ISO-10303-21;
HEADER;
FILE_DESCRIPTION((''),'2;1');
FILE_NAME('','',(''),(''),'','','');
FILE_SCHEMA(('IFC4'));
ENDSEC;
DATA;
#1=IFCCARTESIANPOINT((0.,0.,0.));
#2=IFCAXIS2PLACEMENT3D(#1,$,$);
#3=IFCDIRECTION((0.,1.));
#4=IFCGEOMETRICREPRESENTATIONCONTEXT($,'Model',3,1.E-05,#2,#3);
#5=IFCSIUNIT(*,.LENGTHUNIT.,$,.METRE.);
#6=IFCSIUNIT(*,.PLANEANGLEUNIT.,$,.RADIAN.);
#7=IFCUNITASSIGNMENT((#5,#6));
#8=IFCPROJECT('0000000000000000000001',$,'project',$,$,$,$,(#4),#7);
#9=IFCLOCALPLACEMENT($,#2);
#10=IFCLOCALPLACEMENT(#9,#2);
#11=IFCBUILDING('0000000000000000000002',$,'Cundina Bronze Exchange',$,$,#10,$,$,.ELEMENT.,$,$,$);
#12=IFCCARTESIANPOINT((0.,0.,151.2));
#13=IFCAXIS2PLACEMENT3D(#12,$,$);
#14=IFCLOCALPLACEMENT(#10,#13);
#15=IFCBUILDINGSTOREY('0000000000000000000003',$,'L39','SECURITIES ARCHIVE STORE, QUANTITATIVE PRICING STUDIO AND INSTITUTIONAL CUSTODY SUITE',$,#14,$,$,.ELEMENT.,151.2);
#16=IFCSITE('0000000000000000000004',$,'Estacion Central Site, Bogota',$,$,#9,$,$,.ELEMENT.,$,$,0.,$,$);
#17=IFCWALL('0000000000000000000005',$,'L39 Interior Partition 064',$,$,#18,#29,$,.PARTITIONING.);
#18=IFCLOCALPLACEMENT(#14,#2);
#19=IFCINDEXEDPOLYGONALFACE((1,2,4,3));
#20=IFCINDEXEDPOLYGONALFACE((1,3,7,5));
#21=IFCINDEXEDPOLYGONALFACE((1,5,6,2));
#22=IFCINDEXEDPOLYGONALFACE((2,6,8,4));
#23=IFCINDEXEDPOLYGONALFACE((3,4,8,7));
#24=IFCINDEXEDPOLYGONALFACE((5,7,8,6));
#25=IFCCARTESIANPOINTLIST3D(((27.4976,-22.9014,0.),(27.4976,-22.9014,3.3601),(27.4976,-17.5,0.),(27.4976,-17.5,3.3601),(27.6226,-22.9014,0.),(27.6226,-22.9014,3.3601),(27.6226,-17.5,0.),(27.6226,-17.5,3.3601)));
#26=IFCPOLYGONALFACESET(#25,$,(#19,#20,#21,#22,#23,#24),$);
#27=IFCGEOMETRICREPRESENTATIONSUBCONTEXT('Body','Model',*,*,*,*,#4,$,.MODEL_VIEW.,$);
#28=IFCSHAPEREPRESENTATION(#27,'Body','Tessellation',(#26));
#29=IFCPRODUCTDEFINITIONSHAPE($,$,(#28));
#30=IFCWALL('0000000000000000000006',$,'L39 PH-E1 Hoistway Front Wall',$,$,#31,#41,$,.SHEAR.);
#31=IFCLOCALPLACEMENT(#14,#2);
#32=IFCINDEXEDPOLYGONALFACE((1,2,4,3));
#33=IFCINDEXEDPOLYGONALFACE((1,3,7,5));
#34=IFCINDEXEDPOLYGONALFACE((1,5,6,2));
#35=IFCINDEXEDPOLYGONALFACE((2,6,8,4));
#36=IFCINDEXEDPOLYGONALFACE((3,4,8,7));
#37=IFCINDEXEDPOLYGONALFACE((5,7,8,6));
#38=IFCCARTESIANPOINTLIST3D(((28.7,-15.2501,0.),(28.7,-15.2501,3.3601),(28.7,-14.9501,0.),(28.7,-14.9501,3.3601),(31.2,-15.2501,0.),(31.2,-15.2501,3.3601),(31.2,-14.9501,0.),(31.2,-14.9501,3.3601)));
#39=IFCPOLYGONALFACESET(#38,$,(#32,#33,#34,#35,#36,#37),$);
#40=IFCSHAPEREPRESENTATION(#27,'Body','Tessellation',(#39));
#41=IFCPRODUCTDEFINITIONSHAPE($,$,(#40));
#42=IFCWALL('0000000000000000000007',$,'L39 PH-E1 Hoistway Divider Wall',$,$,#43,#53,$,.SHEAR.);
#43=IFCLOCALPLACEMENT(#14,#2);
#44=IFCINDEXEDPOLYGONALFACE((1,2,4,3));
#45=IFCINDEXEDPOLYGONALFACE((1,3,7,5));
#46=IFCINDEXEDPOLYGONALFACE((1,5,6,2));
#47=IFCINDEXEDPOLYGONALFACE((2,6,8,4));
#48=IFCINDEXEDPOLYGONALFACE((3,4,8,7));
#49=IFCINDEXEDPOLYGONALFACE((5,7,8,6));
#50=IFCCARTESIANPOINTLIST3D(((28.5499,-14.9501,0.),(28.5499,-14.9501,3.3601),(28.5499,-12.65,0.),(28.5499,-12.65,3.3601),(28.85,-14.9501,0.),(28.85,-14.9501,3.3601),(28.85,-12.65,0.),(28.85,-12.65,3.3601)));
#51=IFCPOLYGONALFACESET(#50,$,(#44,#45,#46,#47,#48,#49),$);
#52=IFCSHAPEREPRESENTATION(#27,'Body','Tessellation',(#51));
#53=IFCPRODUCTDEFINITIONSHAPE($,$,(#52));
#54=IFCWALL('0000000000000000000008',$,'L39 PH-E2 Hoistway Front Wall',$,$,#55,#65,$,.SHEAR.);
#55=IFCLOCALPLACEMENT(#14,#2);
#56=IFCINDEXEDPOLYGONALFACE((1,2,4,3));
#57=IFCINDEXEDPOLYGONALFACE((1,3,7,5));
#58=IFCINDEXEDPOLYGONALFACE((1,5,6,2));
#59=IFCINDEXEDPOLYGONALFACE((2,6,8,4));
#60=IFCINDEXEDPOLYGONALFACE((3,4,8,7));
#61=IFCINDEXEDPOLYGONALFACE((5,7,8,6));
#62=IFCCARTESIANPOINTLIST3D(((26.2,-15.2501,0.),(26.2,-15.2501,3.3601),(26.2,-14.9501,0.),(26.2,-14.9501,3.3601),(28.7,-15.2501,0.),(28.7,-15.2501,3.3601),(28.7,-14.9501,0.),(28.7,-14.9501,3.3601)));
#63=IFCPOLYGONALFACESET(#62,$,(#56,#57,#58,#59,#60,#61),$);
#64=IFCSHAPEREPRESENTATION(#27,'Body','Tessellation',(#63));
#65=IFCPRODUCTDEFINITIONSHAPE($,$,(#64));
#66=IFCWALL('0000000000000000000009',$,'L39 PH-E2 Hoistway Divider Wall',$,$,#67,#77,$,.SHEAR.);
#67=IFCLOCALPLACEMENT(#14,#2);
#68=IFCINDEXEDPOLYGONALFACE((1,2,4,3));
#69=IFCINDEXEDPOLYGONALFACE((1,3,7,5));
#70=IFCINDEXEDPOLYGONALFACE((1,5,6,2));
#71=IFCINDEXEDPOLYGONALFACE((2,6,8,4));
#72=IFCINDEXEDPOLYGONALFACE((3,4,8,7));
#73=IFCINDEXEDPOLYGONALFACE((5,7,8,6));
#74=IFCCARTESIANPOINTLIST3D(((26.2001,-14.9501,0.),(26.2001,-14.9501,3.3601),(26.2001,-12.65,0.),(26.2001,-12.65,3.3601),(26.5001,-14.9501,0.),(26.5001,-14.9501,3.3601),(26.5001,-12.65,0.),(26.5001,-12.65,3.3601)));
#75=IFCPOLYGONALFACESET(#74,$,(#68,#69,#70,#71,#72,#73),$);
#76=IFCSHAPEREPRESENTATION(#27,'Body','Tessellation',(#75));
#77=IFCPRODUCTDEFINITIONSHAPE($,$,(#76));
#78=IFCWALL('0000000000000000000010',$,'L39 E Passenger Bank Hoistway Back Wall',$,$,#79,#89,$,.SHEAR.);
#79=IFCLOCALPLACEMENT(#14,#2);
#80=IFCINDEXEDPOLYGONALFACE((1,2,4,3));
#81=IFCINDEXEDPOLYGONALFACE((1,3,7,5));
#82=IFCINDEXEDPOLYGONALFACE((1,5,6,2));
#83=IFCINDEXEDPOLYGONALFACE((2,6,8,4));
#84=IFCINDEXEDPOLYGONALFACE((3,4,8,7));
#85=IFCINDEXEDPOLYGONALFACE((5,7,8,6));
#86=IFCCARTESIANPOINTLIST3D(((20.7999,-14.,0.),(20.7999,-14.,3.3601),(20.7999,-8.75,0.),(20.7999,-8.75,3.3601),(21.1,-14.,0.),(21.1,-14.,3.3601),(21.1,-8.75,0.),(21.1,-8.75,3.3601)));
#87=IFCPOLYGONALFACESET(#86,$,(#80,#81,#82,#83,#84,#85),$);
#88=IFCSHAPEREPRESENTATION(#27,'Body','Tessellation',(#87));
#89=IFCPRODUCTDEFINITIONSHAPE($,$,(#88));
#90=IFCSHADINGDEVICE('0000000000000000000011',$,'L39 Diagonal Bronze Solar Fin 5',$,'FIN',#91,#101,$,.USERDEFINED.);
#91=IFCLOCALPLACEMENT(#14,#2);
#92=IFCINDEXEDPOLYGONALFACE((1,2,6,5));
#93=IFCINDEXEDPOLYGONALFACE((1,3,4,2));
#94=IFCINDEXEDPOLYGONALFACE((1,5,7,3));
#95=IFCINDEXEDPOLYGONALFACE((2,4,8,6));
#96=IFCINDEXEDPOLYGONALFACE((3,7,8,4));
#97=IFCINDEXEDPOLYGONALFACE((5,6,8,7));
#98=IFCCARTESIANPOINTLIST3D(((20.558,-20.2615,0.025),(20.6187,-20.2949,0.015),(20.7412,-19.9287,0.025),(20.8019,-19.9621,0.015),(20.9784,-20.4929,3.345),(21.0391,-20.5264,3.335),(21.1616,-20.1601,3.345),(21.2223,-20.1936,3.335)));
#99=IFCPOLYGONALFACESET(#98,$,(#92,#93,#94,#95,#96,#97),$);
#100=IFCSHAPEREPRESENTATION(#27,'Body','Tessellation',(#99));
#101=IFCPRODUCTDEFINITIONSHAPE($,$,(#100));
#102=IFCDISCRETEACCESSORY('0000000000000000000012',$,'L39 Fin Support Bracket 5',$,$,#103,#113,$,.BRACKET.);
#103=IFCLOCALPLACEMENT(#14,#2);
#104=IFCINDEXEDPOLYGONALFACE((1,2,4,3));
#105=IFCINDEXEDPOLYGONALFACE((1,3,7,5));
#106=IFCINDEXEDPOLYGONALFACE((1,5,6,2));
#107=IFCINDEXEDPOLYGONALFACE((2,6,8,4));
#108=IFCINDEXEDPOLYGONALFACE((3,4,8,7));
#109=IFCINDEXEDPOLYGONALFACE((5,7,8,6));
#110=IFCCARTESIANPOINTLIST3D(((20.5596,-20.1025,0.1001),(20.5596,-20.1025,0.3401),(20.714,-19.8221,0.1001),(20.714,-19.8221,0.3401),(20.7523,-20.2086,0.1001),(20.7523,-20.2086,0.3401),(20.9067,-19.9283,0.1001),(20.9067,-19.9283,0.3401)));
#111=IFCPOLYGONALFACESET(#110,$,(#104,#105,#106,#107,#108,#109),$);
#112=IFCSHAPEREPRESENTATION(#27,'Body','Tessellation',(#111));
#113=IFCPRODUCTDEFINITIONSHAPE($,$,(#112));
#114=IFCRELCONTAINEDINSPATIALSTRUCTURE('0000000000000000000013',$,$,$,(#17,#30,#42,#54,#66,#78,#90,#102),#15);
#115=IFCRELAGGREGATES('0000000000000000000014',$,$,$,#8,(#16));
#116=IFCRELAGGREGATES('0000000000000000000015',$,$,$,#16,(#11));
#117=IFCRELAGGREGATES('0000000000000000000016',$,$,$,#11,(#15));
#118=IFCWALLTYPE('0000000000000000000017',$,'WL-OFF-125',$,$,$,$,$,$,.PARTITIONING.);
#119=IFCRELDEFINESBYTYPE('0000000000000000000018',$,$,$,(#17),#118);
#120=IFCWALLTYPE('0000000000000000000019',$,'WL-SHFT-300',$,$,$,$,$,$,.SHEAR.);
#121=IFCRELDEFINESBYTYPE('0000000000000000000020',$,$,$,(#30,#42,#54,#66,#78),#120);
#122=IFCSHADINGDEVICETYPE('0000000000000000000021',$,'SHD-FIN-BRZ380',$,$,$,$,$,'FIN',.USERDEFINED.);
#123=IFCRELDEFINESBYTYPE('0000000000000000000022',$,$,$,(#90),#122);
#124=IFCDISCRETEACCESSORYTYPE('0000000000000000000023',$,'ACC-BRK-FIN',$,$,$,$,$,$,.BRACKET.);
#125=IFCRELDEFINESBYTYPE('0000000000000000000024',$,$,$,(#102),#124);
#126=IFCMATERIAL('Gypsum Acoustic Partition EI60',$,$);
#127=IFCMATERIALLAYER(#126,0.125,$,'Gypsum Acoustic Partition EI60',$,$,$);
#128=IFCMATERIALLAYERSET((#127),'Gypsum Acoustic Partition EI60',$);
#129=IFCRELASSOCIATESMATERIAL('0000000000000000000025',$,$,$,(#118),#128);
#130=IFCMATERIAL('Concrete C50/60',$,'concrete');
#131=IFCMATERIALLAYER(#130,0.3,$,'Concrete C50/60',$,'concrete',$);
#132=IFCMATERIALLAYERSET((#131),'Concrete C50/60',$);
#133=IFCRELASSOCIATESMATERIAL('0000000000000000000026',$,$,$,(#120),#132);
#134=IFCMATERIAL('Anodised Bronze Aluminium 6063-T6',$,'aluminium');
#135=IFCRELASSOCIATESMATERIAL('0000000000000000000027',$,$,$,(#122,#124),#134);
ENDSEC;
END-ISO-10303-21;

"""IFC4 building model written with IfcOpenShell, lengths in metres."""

from ifc_helpers import new_model, si_unit, direction, frame, frame_2d, origin, origin_2d, place, context, subcontext, project, spatial, rectangle, extrude, material, layer, layer_set, material_profile, profile_set, type_object, element, save


model = new_model("IFC4")

# Units and contexts
model_context = context("Model", 3, precision=1e-05, world=origin(), true_north=direction((0.0, 1.0)))
body_context = subcontext(model_context, "Body", "Model", "MODEL_VIEW")
ifc_project = project(units=[si_unit("LENGTHUNIT", "METRE"), si_unit("PLANEANGLEUNIT", "RADIAN")], contexts=[model_context])

# Site, building, storey
site_placement = place(None, origin())
site = spatial("IfcSite", under=ifc_project, at=site_placement, Name="Estacion Central Site, Bogota", CompositionType="ELEMENT", RefElevation=0.0)
building_placement = place(site_placement, origin())
building = spatial("IfcBuilding", under=site, at=building_placement, Name="Cundina Bronze Exchange", CompositionType="ELEMENT")
storey_placement = place(building_placement, frame((0.0, 0.0, 151.2)))
storey = spatial("IfcBuildingStorey", under=building, at=storey_placement, Name="L39", Description="SECURITIES ARCHIVE STORE, QUANTITATIVE PRICING STUDIO AND INSTITUTIONAL CUSTODY SUITE", CompositionType="ELEMENT", Elevation=151.2)

# Shared definitions
ifc_material_1 = material(Name="Concrete C50/60", Category="concrete")

# Shared definitions
ifc_material_2 = material(Name="Anodised Bronze Aluminium 6063-T6", Category="aluminium")

# Walls
ifc_material_3 = material(Name="Gypsum Acoustic Partition EI60")
ifc_layer_1 = layer(ifc_material_3, 0.125, Name="Gypsum Acoustic Partition EI60")
ifc_layer_set_1 = layer_set([ifc_layer_1], Name="Gypsum Acoustic Partition EI60")
wall_type_1 = type_object("IfcWallType", Name="WL-OFF-125", PredefinedType="PARTITIONING", material=ifc_layer_set_1)
wall_1_placement = place(storey_placement, frame((27.5601, -22.9014, 0.0), z_axis=(0.0, 0.0, 1.0), x_axis=(0.0, 1.0, 0.0)))
element("IfcWall", 1, at=wall_1_placement, inside=storey, type_object=wall_type_1, Name="L39 Interior Partition 064", PredefinedType="PARTITIONING", context=body_context, shape_type="SweptSolid", body=[
    extrude(rectangle(XDim=5.4014, YDim=0.125, at=frame_2d((2.7007, 0.0))), origin(), (0.0, 0.0, 1.0), 3.3601),
])
ifc_layer_2 = layer(ifc_material_1, 0.3, Name="Concrete C50/60", Category="concrete")
ifc_layer_set_2 = layer_set([ifc_layer_2], Name="Concrete C50/60")
wall_type_2 = type_object("IfcWallType", Name="WL-SHFT-300", PredefinedType="SHEAR", material=ifc_layer_set_2)
wall_2_placement = place(storey_placement, frame((28.7, -15.1001, 0.0), z_axis=(0.0, 0.0, 1.0), x_axis=(1.0, 0.0, 0.0)))
element("IfcWall", 2, at=wall_2_placement, inside=storey, type_object=wall_type_2, Name="L39 PH-E1 Hoistway Front Wall", PredefinedType="SHEAR", context=body_context, shape_type="SweptSolid", body=[
    extrude(rectangle(XDim=2.5, YDim=0.3, at=frame_2d((1.25, 0.0))), origin(), (0.0, 0.0, 1.0), 3.3601),
])
wall_3_placement = place(storey_placement, frame((28.7, -14.95, 0.0), z_axis=(0.0, 0.0, 1.0), x_axis=(0.0, 1.0, 0.0)))
element("IfcWall", 3, at=wall_3_placement, inside=storey, type_object=wall_type_2, Name="L39 PH-E1 Hoistway Divider Wall", PredefinedType="SHEAR", context=body_context, shape_type="SweptSolid", body=[
    extrude(rectangle(XDim=2.3, YDim=0.3, at=frame_2d((1.1499, 0.0))), origin(), (0.0, 0.0, 1.0), 3.3601),
])
wall_4_placement = place(storey_placement, frame((26.2, -15.1001, 0.0), z_axis=(0.0, 0.0, 1.0), x_axis=(1.0, 0.0, 0.0)))
element("IfcWall", 4, at=wall_4_placement, inside=storey, type_object=wall_type_2, Name="L39 PH-E2 Hoistway Front Wall", PredefinedType="SHEAR", context=body_context, shape_type="SweptSolid", body=[
    extrude(rectangle(XDim=2.5, YDim=0.3, at=frame_2d((1.25, 0.0))), origin(), (0.0, 0.0, 1.0), 3.3601),
])
wall_5_placement = place(storey_placement, frame((26.3501, -14.95, 0.0), z_axis=(0.0, 0.0, 1.0), x_axis=(0.0, 1.0, 0.0)))
element("IfcWall", 5, at=wall_5_placement, inside=storey, type_object=wall_type_2, Name="L39 PH-E2 Hoistway Divider Wall", PredefinedType="SHEAR", context=body_context, shape_type="SweptSolid", body=[
    extrude(rectangle(XDim=2.3, YDim=0.3, at=frame_2d((1.1499, 0.0))), origin(), (0.0, 0.0, 1.0), 3.3601),
])
wall_6_placement = place(storey_placement, frame((20.95, -14.0, 0.0), z_axis=(0.0, 0.0, 1.0), x_axis=(0.0, 1.0, 0.0)))
element("IfcWall", 6, at=wall_6_placement, inside=storey, type_object=wall_type_2, Name="L39 E Passenger Bank Hoistway Back Wall", PredefinedType="SHEAR", context=body_context, shape_type="SweptSolid", body=[
    extrude(rectangle(XDim=5.25, YDim=0.3, at=frame_2d((2.625, 0.0))), origin(), (0.0, 0.0, 1.0), 3.3601),
])

# Shading device
ifc_material_profile_1 = material_profile(ifc_material_2, rectangle(XDim=0.0701, YDim=0.3799, at=origin_2d()), Name="FIN70X380", Category="aluminium")
ifc_profile_set_1 = profile_set([ifc_material_profile_1], Name="Anodised Bronze Aluminium 6063-T6")
shading_device_type = type_object("IfcShadingDeviceType", Name="SHD-FIN-BRZ380", ElementType="FIN", PredefinedType="USERDEFINED", material=ifc_profile_set_1)
shading_device_placement = place(storey_placement, frame((20.6799, -20.1118, 0.02), z_axis=(0.125324, -0.068994, 0.989714), x_axis=(-0.867012, 0.47731, 0.143061)))
element("IfcShadingDevice", 7, at=shading_device_placement, inside=storey, type_object=shading_device_type, Name="L39 Diagonal Bronze Solar Fin 5", ObjectType="FIN", PredefinedType="USERDEFINED", context=body_context, shape_type="SweptSolid", body=[
    extrude(rectangle(XDim=0.0701, YDim=0.3799, at=origin_2d()), origin(), (0.0, 0.0, 1.0), 3.3545),
])

# Discrete accessory
discrete_accessory_type = type_object("IfcDiscreteAccessoryType", Name="ACC-BRK-FIN", PredefinedType="BRACKET", material=ifc_material_2)
discrete_accessory_placement = place(storey_placement, frame((20.7332, -20.0154, 0.1001), z_axis=(0.0, 0.0, 1.0), x_axis=(0.875869, -0.482549, 0.0)))
element("IfcDiscreteAccessory", 8, at=discrete_accessory_placement, inside=storey, type_object=discrete_accessory_type, Name="L39 Fin Support Bracket 5", PredefinedType="BRACKET", context=body_context, shape_type="SweptSolid", body=[
    extrude(rectangle(XDim=0.22, YDim=0.3201, at=origin_2d()), origin(), (0.0, 0.0, 1.0), 0.24),
])

save(model, "model.ifc")
